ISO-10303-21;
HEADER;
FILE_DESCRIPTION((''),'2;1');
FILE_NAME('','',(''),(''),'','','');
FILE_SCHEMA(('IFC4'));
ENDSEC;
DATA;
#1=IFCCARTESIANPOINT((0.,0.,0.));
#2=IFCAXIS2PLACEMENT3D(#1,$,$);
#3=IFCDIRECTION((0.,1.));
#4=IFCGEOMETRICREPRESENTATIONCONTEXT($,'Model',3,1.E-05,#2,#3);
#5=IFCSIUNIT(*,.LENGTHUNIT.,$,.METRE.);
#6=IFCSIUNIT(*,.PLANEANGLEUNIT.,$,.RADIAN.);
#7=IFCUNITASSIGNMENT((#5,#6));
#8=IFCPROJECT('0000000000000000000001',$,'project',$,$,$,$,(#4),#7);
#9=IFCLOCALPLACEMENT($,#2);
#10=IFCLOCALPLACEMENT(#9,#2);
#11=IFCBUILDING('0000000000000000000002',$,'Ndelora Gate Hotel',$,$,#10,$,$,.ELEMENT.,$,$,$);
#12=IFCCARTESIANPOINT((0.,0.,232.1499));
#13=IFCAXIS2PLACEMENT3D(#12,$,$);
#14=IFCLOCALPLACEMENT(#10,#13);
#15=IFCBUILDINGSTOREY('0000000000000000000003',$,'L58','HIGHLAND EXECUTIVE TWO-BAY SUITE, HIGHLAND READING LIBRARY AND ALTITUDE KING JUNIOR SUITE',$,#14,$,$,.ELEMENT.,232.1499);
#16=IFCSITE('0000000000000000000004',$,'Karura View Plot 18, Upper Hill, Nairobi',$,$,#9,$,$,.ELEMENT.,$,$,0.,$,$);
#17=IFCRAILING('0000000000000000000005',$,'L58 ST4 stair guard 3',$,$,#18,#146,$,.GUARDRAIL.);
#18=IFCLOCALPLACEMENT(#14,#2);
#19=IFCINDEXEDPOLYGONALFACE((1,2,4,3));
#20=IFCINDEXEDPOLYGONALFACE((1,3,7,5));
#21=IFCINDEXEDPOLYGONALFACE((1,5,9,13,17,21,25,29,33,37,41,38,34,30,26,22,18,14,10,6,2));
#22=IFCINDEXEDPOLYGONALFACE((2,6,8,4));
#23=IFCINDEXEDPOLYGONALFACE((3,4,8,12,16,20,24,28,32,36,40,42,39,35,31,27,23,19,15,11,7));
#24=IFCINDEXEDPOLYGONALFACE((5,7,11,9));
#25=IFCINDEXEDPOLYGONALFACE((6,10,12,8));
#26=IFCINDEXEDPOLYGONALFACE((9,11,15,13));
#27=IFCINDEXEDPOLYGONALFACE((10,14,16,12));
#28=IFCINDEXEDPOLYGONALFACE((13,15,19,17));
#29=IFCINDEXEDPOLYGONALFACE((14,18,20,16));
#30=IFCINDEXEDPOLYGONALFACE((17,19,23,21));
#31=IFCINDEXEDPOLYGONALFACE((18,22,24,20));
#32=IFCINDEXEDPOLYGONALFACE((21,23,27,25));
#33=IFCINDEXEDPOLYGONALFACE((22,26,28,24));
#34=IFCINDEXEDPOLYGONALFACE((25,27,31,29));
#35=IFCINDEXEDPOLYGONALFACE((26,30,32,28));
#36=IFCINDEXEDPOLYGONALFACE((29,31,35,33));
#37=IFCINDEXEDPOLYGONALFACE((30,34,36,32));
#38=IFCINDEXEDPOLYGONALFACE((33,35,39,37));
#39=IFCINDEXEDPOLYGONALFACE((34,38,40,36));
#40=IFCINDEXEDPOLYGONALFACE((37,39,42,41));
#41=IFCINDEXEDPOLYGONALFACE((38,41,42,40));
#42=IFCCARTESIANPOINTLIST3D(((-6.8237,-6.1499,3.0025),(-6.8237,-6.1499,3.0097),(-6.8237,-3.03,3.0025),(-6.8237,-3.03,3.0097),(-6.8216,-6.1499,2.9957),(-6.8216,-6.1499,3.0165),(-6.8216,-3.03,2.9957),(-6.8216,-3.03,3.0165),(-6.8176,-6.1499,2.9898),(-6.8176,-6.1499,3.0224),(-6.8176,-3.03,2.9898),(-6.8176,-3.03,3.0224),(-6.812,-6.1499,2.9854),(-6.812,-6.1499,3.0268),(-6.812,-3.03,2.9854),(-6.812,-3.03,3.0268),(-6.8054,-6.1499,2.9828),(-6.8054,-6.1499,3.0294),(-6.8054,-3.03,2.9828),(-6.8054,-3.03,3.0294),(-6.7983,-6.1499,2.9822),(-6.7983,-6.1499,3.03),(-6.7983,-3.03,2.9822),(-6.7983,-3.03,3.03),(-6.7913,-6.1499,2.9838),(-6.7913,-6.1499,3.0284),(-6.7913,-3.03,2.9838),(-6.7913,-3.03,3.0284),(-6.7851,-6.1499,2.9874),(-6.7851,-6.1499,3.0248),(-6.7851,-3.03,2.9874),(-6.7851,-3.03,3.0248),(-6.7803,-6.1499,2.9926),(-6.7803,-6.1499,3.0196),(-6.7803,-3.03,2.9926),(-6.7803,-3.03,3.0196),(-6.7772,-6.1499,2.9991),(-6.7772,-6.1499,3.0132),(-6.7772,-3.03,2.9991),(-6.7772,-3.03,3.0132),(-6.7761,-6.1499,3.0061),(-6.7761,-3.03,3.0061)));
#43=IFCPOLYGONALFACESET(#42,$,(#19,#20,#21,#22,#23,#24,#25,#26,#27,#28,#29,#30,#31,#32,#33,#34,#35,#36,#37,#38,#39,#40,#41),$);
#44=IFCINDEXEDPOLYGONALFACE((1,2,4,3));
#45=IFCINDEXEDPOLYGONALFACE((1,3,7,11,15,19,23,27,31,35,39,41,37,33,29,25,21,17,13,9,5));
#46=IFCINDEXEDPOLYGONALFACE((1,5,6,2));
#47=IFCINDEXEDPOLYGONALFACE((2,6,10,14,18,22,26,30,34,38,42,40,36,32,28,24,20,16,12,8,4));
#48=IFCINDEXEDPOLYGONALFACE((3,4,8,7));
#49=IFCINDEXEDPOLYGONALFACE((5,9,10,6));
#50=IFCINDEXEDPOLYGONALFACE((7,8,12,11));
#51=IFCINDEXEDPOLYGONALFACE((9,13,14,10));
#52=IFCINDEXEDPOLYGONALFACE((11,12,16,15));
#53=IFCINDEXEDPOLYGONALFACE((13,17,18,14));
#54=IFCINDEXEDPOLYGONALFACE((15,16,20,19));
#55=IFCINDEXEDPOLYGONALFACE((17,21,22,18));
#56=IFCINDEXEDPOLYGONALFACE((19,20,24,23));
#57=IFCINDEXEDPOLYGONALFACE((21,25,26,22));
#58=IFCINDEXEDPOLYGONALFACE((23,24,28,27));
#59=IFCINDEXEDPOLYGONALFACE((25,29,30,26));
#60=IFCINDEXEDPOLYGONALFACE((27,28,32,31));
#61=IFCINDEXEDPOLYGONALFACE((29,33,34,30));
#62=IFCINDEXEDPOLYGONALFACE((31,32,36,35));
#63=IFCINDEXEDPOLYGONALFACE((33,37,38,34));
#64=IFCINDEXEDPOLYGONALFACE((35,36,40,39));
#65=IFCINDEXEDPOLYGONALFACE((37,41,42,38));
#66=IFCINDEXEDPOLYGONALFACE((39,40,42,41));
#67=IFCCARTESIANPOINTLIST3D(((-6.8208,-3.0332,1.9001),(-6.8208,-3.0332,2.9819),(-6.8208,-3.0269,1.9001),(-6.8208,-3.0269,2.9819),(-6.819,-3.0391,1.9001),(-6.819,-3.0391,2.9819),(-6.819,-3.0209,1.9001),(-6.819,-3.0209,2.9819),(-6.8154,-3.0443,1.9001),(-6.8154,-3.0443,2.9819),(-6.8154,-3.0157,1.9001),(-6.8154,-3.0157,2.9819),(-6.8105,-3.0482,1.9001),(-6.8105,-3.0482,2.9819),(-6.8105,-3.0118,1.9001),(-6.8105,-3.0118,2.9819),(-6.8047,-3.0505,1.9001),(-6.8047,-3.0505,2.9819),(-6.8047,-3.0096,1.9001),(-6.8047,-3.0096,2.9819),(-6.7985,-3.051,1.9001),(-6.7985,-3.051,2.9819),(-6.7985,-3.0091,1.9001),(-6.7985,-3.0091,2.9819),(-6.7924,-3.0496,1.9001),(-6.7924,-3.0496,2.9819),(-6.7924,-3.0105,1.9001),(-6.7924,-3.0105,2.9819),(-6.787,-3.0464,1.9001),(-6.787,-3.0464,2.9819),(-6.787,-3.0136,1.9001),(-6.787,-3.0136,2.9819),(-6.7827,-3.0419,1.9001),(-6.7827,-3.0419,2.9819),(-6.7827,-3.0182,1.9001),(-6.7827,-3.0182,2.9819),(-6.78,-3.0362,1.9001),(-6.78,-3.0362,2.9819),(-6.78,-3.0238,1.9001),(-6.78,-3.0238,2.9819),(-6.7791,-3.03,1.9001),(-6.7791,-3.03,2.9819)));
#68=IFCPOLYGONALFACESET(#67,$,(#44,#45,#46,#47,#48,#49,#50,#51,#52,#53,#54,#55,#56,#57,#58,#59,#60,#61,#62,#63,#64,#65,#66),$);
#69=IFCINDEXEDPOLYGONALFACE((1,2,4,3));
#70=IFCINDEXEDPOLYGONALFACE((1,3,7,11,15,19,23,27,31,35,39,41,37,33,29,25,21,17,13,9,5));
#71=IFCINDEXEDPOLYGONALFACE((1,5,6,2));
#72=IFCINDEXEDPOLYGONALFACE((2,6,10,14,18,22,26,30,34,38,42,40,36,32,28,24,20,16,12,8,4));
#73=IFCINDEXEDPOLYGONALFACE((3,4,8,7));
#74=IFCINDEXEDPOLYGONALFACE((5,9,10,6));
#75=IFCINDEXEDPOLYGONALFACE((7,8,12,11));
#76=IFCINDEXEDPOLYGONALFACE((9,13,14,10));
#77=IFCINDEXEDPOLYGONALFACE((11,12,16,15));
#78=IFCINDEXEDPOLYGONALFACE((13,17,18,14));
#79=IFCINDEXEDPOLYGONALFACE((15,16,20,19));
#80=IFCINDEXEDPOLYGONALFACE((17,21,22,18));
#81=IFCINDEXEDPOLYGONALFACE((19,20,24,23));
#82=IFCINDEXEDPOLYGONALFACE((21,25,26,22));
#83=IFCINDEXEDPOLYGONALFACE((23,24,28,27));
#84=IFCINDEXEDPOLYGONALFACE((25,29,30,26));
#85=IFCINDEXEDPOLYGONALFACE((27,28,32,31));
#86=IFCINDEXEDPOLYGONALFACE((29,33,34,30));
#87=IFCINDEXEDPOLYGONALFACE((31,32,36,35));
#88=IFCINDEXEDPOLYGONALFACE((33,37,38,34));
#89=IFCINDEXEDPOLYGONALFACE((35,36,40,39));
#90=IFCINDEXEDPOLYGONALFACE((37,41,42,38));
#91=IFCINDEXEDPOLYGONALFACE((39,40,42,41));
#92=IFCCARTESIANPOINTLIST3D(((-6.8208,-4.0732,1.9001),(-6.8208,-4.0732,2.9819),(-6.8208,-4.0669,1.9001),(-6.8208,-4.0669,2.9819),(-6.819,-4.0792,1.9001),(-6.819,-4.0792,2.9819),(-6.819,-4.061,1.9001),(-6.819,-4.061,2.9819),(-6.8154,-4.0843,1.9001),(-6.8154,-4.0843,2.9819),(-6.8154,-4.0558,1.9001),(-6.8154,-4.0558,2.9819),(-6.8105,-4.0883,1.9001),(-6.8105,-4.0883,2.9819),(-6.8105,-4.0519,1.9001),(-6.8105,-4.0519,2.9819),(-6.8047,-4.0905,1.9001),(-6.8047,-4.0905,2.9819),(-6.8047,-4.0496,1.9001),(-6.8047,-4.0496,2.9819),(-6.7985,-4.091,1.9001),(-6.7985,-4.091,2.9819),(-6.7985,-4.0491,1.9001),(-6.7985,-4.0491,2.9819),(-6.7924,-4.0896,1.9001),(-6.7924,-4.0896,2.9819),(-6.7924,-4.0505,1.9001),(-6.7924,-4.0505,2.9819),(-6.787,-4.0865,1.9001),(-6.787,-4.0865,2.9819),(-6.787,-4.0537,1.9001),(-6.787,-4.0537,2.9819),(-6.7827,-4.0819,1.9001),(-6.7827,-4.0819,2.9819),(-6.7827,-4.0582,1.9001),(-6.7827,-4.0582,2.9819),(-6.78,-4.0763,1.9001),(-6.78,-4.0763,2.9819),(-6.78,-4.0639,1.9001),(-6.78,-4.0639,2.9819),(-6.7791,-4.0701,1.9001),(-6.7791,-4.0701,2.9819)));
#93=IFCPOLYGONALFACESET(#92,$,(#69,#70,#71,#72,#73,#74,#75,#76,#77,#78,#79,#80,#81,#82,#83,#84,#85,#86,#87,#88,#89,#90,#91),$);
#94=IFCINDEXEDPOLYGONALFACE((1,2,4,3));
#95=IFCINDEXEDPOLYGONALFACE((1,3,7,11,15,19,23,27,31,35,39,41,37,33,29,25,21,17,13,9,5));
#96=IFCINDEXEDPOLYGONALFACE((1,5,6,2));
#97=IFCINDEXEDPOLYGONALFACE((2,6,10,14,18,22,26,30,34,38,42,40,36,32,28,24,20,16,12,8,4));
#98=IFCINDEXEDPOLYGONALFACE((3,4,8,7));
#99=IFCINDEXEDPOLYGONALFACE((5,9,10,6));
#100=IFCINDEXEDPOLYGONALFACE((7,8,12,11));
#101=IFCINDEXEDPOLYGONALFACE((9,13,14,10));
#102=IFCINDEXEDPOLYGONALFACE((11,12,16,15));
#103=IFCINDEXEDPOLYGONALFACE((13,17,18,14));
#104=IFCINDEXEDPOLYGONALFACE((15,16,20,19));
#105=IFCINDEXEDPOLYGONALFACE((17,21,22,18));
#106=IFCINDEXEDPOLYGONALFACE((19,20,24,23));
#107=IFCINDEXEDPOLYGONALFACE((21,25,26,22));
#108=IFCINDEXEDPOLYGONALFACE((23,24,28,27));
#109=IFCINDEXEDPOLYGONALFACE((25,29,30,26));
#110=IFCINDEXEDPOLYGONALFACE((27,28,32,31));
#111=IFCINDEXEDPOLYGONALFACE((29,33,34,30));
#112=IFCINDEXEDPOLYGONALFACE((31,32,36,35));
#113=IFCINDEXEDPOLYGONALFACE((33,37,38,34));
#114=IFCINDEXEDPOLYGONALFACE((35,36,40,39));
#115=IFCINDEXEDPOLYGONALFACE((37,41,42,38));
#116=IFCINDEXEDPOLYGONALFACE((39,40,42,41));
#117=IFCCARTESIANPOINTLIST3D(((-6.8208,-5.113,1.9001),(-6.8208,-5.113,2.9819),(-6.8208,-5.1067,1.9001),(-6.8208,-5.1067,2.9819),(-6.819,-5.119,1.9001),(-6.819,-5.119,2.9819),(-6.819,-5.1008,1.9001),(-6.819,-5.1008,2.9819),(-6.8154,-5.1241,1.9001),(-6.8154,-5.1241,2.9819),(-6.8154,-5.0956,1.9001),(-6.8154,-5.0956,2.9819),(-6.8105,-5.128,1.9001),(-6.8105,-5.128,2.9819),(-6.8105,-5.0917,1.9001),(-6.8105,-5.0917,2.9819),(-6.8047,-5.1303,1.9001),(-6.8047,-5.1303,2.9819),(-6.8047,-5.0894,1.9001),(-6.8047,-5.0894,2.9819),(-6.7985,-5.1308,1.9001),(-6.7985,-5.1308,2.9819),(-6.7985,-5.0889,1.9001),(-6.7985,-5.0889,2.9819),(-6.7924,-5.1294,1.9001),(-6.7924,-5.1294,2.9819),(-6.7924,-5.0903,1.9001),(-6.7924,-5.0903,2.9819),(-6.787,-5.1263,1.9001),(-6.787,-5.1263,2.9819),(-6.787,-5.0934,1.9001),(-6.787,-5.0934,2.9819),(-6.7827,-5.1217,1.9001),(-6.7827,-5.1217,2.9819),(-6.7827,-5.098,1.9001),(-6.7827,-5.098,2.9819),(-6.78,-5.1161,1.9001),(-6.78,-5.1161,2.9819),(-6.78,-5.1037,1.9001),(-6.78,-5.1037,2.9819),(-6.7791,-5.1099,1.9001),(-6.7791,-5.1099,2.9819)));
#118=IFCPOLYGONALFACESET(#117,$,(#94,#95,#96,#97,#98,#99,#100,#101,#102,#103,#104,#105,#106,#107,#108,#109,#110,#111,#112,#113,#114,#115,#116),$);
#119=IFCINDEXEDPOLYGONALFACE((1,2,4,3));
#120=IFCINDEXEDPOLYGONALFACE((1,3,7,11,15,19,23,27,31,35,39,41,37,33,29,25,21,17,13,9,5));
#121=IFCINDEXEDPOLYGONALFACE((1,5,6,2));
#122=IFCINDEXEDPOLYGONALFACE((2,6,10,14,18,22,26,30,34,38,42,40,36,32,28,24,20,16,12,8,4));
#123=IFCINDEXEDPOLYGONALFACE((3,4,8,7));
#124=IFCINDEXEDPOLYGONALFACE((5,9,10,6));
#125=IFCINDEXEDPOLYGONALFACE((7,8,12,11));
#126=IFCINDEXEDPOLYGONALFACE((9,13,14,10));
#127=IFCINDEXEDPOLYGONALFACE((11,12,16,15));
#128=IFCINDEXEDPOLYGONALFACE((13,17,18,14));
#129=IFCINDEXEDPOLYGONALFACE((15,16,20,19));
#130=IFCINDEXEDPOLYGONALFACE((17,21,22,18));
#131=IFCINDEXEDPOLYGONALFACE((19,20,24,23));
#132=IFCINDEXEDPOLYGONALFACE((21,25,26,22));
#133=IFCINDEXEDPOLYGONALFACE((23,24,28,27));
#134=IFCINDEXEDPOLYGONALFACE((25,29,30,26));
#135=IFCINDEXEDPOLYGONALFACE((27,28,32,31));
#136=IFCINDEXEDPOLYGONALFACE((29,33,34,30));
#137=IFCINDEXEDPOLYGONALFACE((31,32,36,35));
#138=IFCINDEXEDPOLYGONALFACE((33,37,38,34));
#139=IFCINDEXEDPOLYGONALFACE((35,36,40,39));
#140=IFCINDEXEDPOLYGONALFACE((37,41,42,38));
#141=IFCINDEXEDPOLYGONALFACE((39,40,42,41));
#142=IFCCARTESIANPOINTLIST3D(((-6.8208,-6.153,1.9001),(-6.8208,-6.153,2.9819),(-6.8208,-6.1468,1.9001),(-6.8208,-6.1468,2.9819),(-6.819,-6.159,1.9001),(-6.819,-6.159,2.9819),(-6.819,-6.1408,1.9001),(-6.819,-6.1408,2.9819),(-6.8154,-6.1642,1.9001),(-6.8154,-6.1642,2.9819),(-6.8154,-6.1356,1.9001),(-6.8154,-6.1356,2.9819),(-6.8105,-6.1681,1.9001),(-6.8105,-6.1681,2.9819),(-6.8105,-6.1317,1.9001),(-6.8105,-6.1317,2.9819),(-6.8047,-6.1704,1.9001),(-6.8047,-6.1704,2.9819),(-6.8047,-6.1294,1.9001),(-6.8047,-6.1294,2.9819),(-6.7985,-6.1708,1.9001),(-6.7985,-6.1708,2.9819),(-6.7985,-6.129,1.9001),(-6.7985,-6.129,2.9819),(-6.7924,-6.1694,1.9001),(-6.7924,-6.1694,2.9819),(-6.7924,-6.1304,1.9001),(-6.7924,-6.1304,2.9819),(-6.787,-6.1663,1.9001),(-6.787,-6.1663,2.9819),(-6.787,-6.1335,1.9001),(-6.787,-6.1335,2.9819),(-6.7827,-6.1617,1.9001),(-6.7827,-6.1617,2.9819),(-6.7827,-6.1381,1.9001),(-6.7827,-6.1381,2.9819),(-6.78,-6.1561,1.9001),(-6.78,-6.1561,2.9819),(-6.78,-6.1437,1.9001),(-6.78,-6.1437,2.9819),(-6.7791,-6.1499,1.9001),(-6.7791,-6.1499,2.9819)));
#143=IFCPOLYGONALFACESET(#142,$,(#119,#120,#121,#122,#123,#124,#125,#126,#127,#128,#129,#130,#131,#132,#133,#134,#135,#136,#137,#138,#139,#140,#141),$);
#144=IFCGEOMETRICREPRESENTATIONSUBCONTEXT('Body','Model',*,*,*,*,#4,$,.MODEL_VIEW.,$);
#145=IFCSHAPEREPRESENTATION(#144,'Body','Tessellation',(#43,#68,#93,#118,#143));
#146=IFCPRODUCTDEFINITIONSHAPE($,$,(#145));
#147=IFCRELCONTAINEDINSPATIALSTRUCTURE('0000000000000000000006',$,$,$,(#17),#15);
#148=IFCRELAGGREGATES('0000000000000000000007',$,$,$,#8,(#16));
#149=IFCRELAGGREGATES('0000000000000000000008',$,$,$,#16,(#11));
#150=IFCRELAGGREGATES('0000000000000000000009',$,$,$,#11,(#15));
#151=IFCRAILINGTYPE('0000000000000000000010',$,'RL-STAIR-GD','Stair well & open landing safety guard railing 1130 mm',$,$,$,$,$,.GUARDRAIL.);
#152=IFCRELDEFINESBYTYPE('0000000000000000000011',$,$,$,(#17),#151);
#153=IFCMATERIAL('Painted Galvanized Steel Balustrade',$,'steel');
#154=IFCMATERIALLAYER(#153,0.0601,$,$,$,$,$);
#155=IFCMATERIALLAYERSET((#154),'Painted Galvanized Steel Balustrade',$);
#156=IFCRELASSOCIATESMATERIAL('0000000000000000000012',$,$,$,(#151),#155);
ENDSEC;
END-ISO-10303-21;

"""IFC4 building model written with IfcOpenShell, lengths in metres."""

from ifc_helpers import new_model, si_unit, direction, frame, origin, origin_2d, place, context, subcontext, project, spatial, circle, extrude, material, layer, layer_set, type_object, element, save


model = new_model("IFC4")

# Units and contexts
model_context = context("Model", 3, precision=1e-05, world=origin(), true_north=direction((0.0, 1.0)))
body_context = subcontext(model_context, "Body", "Model", "MODEL_VIEW")
ifc_project = project(units=[si_unit("LENGTHUNIT", "METRE"), si_unit("PLANEANGLEUNIT", "RADIAN")], contexts=[model_context])

# Site, building, storey
site_placement = place(None, origin())
site = spatial("IfcSite", under=ifc_project, at=site_placement, Name="Karura View Plot 18, Upper Hill, Nairobi", CompositionType="ELEMENT", RefElevation=0.0)
building_placement = place(site_placement, origin())
building = spatial("IfcBuilding", under=site, at=building_placement, Name="Ndelora Gate Hotel", CompositionType="ELEMENT")
storey_placement = place(building_placement, frame((0.0, 0.0, 232.1499)))
storey = spatial("IfcBuildingStorey", under=building, at=storey_placement, Name="L58", Description="HIGHLAND EXECUTIVE TWO-BAY SUITE, HIGHLAND READING LIBRARY AND ALTITUDE KING JUNIOR SUITE", CompositionType="ELEMENT", Elevation=232.1499)

# Railing
ifc_material_1 = material(Name="Painted Galvanized Steel Balustrade", Category="steel")
ifc_layer_1 = layer(ifc_material_1, 0.0601)
ifc_layer_set_1 = layer_set([ifc_layer_1], Name="Painted Galvanized Steel Balustrade")
railing_type = type_object("IfcRailingType", Name="RL-STAIR-GD", Description="Stair well & open landing safety guard railing 1130 mm", PredefinedType="GUARDRAIL", material=ifc_layer_set_1)
railing_1_placement = place(storey_placement, frame((-6.8, -3.03, 1.9001)))
element("IfcRailing", 1, at=railing_1_placement, inside=storey, type_object=railing_type, Name="L58 ST4 stair guard 3", PredefinedType="GUARDRAIL", context=body_context, shape_type="SweptSolid", body=[
    extrude(circle(Radius=0.0239, at=origin_2d()), frame((0.0, 0.0, 1.106), z_axis=(0.0, -1.0, 0.0), x_axis=(1.0, 0.0, 0.0)), (0.0, 0.0, 1.0), 3.1199),
    extrude(circle(Radius=0.021, at=origin_2d()), origin(), (0.0, 0.0, 1.0), 1.0818),
    extrude(circle(Radius=0.021, at=origin_2d()), frame((0.0, -1.04, 0.0)), (0.0, 0.0, 1.0), 1.0818),
    extrude(circle(Radius=0.021, at=origin_2d()), frame((0.0, -2.0798, 0.0)), (0.0, 0.0, 1.0), 1.0818),
    extrude(circle(Radius=0.021, at=origin_2d()), frame((0.0, -3.1199, 0.0)), (0.0, 0.0, 1.0), 1.0818),
])

save(model, "model.ifc")
